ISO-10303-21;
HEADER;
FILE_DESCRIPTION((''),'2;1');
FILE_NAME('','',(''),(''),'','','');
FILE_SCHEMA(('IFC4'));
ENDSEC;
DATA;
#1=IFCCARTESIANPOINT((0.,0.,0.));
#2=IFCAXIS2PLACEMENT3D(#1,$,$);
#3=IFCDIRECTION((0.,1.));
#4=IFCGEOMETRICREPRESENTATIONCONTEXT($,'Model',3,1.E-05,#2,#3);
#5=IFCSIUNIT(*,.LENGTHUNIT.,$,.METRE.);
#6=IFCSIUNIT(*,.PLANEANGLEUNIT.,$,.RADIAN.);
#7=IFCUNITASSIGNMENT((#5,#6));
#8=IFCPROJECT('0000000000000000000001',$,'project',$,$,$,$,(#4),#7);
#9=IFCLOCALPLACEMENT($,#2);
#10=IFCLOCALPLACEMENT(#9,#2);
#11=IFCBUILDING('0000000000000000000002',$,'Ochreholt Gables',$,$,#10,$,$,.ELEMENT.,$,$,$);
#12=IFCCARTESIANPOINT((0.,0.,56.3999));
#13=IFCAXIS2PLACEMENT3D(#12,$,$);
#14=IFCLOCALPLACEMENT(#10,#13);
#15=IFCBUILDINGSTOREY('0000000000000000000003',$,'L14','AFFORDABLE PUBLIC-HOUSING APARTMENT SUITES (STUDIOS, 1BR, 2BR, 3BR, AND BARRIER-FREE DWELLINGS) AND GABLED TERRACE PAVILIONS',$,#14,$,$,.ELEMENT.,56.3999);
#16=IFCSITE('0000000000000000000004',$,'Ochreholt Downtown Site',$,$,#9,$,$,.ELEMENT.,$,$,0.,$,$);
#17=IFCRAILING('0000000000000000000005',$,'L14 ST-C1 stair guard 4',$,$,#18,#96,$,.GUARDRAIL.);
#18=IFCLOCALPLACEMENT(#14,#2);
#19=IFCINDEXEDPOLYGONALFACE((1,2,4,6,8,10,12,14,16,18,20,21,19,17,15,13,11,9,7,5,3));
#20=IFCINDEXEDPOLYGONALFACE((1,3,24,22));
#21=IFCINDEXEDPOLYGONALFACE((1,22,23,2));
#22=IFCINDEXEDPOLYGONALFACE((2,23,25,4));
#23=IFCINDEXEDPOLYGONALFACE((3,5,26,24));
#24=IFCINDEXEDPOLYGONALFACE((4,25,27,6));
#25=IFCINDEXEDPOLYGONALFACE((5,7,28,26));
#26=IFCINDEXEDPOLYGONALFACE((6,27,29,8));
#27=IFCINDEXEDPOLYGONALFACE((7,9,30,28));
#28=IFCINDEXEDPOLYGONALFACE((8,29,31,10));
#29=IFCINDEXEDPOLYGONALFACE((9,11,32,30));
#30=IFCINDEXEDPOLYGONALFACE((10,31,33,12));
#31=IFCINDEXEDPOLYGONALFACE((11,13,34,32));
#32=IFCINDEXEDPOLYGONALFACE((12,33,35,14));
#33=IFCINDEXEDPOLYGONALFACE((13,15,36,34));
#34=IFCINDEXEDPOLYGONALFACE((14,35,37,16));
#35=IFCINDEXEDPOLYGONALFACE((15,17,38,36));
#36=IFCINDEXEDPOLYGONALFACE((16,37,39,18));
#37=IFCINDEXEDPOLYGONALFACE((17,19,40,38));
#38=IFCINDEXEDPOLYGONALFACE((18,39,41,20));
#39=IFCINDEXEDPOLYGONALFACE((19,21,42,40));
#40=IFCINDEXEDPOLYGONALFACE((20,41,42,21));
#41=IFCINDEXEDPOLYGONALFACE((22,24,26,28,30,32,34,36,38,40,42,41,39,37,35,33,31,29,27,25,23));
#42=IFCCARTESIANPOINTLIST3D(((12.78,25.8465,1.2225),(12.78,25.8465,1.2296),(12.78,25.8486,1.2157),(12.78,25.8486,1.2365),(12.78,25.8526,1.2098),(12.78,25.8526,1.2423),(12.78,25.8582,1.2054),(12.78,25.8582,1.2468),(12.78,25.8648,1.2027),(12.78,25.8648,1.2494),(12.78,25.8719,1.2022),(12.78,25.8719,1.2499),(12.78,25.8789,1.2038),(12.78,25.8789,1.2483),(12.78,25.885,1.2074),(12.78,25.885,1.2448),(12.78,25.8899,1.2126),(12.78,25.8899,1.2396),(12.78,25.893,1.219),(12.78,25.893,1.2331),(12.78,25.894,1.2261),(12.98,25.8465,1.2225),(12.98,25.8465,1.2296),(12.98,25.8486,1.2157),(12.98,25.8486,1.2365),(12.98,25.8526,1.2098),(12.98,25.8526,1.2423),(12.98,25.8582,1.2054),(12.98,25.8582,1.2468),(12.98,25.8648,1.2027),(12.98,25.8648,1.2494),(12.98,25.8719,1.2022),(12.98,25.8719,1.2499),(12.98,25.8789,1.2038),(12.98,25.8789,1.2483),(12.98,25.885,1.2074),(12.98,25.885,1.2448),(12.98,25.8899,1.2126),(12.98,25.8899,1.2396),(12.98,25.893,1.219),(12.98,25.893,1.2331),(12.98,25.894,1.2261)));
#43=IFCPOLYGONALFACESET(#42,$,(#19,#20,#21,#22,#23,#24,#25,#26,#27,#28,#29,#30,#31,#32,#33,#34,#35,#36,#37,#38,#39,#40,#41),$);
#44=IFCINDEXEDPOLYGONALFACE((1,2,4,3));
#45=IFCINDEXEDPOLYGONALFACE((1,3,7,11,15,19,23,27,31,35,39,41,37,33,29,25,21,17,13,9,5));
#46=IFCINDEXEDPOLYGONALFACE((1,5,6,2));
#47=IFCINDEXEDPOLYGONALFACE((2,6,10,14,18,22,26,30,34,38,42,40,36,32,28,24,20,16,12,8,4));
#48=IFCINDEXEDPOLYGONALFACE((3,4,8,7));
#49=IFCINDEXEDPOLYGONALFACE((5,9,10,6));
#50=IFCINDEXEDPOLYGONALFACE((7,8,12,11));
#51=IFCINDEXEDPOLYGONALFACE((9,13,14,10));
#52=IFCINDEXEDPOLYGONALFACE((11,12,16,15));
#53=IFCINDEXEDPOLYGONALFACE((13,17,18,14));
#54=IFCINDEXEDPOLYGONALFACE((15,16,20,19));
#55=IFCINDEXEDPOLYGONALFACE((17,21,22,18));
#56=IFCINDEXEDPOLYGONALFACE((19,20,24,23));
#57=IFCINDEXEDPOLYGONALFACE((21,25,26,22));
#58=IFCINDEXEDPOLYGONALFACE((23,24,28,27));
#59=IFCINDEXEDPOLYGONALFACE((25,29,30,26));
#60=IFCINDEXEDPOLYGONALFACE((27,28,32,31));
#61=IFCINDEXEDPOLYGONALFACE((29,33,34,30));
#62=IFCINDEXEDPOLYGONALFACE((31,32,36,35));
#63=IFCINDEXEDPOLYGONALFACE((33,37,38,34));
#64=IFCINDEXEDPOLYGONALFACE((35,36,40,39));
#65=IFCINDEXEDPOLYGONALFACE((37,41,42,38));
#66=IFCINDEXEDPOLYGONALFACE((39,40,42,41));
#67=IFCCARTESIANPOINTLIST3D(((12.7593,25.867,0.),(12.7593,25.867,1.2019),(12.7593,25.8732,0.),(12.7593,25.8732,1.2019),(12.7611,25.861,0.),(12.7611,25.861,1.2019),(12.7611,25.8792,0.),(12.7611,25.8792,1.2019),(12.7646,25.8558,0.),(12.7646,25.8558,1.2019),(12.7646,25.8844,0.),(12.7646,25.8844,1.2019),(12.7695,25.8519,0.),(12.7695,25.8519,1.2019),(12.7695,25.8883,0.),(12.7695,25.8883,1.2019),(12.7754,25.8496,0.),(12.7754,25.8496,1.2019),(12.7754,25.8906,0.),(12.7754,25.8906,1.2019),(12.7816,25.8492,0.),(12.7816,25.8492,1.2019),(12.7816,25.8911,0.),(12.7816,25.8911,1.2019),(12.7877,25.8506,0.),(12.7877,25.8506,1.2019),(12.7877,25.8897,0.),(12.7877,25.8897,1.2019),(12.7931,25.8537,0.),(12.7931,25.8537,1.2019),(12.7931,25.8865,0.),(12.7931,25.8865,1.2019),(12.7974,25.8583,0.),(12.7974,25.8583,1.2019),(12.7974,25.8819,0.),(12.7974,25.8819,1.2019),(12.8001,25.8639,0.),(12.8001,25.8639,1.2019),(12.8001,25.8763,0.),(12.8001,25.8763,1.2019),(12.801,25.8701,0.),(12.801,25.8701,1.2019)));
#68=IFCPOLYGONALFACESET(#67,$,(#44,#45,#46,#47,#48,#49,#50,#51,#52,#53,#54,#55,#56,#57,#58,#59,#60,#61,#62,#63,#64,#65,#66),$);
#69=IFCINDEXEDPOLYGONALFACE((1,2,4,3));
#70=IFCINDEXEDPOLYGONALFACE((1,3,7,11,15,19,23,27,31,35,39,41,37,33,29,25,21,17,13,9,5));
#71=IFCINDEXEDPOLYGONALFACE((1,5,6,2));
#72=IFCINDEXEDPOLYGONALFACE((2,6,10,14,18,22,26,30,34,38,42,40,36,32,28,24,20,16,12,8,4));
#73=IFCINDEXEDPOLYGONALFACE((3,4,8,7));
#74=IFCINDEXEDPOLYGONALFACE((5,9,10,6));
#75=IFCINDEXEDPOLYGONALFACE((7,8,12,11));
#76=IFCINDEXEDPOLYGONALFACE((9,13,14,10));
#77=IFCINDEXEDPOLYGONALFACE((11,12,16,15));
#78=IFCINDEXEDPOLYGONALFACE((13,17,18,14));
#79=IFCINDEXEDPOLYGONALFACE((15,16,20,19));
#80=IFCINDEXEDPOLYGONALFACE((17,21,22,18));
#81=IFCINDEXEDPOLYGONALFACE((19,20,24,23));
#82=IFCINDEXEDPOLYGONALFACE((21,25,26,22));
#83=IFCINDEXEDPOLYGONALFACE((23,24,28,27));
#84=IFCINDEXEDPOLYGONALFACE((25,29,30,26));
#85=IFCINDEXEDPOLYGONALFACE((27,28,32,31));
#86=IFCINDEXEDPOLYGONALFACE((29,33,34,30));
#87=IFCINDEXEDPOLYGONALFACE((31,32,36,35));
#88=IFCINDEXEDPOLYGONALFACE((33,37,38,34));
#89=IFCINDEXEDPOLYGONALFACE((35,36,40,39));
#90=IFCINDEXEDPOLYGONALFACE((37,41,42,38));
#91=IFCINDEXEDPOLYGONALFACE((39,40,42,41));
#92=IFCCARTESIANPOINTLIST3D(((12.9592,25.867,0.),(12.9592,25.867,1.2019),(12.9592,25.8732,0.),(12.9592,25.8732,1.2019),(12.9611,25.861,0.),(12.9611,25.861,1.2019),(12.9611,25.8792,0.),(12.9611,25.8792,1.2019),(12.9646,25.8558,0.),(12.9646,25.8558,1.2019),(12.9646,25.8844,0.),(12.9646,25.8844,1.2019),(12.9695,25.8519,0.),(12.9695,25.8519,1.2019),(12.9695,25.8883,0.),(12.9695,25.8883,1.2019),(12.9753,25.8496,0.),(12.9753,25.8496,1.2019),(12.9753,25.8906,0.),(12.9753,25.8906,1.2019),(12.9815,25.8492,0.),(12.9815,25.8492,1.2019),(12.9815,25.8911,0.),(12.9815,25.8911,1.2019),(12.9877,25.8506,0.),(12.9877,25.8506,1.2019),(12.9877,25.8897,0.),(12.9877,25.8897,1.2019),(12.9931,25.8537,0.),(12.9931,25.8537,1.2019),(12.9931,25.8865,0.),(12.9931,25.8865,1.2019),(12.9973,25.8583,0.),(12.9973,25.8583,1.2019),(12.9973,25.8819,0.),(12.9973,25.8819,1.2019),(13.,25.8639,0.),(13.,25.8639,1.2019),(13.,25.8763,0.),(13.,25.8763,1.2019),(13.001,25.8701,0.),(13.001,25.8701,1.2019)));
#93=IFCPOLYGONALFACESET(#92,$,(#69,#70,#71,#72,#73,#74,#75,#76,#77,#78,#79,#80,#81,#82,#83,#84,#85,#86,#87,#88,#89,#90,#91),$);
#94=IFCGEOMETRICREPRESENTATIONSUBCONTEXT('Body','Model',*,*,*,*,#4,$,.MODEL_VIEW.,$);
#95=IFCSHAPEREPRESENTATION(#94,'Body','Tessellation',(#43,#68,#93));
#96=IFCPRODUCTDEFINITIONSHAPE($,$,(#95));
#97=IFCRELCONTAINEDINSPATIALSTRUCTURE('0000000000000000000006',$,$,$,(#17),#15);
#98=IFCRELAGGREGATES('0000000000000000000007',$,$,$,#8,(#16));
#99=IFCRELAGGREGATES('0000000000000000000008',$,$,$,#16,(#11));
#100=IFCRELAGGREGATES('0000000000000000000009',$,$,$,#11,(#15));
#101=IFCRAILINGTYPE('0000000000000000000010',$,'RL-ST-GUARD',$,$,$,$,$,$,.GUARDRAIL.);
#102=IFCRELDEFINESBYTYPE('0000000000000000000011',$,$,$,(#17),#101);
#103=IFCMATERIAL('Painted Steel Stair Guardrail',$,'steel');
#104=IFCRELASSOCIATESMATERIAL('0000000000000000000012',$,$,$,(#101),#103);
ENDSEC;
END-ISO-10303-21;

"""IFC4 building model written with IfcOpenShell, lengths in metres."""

from ifc_helpers import new_model, si_unit, direction, frame, origin, origin_2d, place, context, subcontext, project, spatial, circle, extrude, material, type_object, element, save


model = new_model("IFC4")

# Units and contexts
model_context = context("Model", 3, precision=1e-05, world=origin(), true_north=direction((0.0, 1.0)))
body_context = subcontext(model_context, "Body", "Model", "MODEL_VIEW")
ifc_project = project(units=[si_unit("LENGTHUNIT", "METRE"), si_unit("PLANEANGLEUNIT", "RADIAN")], contexts=[model_context])

# Site, building, storey
site_placement = place(None, origin())
site = spatial("IfcSite", under=ifc_project, at=site_placement, Name="Ochreholt Downtown Site", CompositionType="ELEMENT", RefElevation=0.0)
building_placement = place(site_placement, origin())
building = spatial("IfcBuilding", under=site, at=building_placement, Name="Ochreholt Gables", CompositionType="ELEMENT")
storey_placement = place(building_placement, frame((0.0, 0.0, 56.3999)))
storey = spatial("IfcBuildingStorey", under=building, at=storey_placement, Name="L14", Description="AFFORDABLE PUBLIC-HOUSING APARTMENT SUITES (STUDIOS, 1BR, 2BR, 3BR, AND BARRIER-FREE DWELLINGS) AND GABLED TERRACE PAVILIONS", CompositionType="ELEMENT", Elevation=56.3999)

# Railing
ifc_material_1 = material(Name="Painted Steel Stair Guardrail", Category="steel")
railing_type_1 = type_object("IfcRailingType", Name="RL-ST-GUARD", PredefinedType="GUARDRAIL", material=ifc_material_1)
railing_1_placement = place(storey_placement, frame((12.78, 25.8701, 0.0)))
element("IfcRailing", 1, at=railing_1_placement, inside=storey, type_object=railing_type_1, Name="L14 ST-C1 stair guard 4", PredefinedType="GUARDRAIL", context=body_context, shape_type="SweptSolid", body=[
    extrude(circle(Radius=0.0239, at=origin_2d()), frame((0.0, 0.0, 1.2261), z_axis=(1.0, 0.0, 0.0), x_axis=(0.0, 1.0, 0.0)), (0.0, 0.0, 1.0), 0.2),
    extrude(circle(Radius=0.021, at=origin_2d()), origin(), (0.0, 0.0, 1.0), 1.2019),
    extrude(circle(Radius=0.021, at=origin_2d()), frame((0.2, 0.0, 0.0)), (0.0, 0.0, 1.0), 1.2019),
])

save(model, "model.ifc")
